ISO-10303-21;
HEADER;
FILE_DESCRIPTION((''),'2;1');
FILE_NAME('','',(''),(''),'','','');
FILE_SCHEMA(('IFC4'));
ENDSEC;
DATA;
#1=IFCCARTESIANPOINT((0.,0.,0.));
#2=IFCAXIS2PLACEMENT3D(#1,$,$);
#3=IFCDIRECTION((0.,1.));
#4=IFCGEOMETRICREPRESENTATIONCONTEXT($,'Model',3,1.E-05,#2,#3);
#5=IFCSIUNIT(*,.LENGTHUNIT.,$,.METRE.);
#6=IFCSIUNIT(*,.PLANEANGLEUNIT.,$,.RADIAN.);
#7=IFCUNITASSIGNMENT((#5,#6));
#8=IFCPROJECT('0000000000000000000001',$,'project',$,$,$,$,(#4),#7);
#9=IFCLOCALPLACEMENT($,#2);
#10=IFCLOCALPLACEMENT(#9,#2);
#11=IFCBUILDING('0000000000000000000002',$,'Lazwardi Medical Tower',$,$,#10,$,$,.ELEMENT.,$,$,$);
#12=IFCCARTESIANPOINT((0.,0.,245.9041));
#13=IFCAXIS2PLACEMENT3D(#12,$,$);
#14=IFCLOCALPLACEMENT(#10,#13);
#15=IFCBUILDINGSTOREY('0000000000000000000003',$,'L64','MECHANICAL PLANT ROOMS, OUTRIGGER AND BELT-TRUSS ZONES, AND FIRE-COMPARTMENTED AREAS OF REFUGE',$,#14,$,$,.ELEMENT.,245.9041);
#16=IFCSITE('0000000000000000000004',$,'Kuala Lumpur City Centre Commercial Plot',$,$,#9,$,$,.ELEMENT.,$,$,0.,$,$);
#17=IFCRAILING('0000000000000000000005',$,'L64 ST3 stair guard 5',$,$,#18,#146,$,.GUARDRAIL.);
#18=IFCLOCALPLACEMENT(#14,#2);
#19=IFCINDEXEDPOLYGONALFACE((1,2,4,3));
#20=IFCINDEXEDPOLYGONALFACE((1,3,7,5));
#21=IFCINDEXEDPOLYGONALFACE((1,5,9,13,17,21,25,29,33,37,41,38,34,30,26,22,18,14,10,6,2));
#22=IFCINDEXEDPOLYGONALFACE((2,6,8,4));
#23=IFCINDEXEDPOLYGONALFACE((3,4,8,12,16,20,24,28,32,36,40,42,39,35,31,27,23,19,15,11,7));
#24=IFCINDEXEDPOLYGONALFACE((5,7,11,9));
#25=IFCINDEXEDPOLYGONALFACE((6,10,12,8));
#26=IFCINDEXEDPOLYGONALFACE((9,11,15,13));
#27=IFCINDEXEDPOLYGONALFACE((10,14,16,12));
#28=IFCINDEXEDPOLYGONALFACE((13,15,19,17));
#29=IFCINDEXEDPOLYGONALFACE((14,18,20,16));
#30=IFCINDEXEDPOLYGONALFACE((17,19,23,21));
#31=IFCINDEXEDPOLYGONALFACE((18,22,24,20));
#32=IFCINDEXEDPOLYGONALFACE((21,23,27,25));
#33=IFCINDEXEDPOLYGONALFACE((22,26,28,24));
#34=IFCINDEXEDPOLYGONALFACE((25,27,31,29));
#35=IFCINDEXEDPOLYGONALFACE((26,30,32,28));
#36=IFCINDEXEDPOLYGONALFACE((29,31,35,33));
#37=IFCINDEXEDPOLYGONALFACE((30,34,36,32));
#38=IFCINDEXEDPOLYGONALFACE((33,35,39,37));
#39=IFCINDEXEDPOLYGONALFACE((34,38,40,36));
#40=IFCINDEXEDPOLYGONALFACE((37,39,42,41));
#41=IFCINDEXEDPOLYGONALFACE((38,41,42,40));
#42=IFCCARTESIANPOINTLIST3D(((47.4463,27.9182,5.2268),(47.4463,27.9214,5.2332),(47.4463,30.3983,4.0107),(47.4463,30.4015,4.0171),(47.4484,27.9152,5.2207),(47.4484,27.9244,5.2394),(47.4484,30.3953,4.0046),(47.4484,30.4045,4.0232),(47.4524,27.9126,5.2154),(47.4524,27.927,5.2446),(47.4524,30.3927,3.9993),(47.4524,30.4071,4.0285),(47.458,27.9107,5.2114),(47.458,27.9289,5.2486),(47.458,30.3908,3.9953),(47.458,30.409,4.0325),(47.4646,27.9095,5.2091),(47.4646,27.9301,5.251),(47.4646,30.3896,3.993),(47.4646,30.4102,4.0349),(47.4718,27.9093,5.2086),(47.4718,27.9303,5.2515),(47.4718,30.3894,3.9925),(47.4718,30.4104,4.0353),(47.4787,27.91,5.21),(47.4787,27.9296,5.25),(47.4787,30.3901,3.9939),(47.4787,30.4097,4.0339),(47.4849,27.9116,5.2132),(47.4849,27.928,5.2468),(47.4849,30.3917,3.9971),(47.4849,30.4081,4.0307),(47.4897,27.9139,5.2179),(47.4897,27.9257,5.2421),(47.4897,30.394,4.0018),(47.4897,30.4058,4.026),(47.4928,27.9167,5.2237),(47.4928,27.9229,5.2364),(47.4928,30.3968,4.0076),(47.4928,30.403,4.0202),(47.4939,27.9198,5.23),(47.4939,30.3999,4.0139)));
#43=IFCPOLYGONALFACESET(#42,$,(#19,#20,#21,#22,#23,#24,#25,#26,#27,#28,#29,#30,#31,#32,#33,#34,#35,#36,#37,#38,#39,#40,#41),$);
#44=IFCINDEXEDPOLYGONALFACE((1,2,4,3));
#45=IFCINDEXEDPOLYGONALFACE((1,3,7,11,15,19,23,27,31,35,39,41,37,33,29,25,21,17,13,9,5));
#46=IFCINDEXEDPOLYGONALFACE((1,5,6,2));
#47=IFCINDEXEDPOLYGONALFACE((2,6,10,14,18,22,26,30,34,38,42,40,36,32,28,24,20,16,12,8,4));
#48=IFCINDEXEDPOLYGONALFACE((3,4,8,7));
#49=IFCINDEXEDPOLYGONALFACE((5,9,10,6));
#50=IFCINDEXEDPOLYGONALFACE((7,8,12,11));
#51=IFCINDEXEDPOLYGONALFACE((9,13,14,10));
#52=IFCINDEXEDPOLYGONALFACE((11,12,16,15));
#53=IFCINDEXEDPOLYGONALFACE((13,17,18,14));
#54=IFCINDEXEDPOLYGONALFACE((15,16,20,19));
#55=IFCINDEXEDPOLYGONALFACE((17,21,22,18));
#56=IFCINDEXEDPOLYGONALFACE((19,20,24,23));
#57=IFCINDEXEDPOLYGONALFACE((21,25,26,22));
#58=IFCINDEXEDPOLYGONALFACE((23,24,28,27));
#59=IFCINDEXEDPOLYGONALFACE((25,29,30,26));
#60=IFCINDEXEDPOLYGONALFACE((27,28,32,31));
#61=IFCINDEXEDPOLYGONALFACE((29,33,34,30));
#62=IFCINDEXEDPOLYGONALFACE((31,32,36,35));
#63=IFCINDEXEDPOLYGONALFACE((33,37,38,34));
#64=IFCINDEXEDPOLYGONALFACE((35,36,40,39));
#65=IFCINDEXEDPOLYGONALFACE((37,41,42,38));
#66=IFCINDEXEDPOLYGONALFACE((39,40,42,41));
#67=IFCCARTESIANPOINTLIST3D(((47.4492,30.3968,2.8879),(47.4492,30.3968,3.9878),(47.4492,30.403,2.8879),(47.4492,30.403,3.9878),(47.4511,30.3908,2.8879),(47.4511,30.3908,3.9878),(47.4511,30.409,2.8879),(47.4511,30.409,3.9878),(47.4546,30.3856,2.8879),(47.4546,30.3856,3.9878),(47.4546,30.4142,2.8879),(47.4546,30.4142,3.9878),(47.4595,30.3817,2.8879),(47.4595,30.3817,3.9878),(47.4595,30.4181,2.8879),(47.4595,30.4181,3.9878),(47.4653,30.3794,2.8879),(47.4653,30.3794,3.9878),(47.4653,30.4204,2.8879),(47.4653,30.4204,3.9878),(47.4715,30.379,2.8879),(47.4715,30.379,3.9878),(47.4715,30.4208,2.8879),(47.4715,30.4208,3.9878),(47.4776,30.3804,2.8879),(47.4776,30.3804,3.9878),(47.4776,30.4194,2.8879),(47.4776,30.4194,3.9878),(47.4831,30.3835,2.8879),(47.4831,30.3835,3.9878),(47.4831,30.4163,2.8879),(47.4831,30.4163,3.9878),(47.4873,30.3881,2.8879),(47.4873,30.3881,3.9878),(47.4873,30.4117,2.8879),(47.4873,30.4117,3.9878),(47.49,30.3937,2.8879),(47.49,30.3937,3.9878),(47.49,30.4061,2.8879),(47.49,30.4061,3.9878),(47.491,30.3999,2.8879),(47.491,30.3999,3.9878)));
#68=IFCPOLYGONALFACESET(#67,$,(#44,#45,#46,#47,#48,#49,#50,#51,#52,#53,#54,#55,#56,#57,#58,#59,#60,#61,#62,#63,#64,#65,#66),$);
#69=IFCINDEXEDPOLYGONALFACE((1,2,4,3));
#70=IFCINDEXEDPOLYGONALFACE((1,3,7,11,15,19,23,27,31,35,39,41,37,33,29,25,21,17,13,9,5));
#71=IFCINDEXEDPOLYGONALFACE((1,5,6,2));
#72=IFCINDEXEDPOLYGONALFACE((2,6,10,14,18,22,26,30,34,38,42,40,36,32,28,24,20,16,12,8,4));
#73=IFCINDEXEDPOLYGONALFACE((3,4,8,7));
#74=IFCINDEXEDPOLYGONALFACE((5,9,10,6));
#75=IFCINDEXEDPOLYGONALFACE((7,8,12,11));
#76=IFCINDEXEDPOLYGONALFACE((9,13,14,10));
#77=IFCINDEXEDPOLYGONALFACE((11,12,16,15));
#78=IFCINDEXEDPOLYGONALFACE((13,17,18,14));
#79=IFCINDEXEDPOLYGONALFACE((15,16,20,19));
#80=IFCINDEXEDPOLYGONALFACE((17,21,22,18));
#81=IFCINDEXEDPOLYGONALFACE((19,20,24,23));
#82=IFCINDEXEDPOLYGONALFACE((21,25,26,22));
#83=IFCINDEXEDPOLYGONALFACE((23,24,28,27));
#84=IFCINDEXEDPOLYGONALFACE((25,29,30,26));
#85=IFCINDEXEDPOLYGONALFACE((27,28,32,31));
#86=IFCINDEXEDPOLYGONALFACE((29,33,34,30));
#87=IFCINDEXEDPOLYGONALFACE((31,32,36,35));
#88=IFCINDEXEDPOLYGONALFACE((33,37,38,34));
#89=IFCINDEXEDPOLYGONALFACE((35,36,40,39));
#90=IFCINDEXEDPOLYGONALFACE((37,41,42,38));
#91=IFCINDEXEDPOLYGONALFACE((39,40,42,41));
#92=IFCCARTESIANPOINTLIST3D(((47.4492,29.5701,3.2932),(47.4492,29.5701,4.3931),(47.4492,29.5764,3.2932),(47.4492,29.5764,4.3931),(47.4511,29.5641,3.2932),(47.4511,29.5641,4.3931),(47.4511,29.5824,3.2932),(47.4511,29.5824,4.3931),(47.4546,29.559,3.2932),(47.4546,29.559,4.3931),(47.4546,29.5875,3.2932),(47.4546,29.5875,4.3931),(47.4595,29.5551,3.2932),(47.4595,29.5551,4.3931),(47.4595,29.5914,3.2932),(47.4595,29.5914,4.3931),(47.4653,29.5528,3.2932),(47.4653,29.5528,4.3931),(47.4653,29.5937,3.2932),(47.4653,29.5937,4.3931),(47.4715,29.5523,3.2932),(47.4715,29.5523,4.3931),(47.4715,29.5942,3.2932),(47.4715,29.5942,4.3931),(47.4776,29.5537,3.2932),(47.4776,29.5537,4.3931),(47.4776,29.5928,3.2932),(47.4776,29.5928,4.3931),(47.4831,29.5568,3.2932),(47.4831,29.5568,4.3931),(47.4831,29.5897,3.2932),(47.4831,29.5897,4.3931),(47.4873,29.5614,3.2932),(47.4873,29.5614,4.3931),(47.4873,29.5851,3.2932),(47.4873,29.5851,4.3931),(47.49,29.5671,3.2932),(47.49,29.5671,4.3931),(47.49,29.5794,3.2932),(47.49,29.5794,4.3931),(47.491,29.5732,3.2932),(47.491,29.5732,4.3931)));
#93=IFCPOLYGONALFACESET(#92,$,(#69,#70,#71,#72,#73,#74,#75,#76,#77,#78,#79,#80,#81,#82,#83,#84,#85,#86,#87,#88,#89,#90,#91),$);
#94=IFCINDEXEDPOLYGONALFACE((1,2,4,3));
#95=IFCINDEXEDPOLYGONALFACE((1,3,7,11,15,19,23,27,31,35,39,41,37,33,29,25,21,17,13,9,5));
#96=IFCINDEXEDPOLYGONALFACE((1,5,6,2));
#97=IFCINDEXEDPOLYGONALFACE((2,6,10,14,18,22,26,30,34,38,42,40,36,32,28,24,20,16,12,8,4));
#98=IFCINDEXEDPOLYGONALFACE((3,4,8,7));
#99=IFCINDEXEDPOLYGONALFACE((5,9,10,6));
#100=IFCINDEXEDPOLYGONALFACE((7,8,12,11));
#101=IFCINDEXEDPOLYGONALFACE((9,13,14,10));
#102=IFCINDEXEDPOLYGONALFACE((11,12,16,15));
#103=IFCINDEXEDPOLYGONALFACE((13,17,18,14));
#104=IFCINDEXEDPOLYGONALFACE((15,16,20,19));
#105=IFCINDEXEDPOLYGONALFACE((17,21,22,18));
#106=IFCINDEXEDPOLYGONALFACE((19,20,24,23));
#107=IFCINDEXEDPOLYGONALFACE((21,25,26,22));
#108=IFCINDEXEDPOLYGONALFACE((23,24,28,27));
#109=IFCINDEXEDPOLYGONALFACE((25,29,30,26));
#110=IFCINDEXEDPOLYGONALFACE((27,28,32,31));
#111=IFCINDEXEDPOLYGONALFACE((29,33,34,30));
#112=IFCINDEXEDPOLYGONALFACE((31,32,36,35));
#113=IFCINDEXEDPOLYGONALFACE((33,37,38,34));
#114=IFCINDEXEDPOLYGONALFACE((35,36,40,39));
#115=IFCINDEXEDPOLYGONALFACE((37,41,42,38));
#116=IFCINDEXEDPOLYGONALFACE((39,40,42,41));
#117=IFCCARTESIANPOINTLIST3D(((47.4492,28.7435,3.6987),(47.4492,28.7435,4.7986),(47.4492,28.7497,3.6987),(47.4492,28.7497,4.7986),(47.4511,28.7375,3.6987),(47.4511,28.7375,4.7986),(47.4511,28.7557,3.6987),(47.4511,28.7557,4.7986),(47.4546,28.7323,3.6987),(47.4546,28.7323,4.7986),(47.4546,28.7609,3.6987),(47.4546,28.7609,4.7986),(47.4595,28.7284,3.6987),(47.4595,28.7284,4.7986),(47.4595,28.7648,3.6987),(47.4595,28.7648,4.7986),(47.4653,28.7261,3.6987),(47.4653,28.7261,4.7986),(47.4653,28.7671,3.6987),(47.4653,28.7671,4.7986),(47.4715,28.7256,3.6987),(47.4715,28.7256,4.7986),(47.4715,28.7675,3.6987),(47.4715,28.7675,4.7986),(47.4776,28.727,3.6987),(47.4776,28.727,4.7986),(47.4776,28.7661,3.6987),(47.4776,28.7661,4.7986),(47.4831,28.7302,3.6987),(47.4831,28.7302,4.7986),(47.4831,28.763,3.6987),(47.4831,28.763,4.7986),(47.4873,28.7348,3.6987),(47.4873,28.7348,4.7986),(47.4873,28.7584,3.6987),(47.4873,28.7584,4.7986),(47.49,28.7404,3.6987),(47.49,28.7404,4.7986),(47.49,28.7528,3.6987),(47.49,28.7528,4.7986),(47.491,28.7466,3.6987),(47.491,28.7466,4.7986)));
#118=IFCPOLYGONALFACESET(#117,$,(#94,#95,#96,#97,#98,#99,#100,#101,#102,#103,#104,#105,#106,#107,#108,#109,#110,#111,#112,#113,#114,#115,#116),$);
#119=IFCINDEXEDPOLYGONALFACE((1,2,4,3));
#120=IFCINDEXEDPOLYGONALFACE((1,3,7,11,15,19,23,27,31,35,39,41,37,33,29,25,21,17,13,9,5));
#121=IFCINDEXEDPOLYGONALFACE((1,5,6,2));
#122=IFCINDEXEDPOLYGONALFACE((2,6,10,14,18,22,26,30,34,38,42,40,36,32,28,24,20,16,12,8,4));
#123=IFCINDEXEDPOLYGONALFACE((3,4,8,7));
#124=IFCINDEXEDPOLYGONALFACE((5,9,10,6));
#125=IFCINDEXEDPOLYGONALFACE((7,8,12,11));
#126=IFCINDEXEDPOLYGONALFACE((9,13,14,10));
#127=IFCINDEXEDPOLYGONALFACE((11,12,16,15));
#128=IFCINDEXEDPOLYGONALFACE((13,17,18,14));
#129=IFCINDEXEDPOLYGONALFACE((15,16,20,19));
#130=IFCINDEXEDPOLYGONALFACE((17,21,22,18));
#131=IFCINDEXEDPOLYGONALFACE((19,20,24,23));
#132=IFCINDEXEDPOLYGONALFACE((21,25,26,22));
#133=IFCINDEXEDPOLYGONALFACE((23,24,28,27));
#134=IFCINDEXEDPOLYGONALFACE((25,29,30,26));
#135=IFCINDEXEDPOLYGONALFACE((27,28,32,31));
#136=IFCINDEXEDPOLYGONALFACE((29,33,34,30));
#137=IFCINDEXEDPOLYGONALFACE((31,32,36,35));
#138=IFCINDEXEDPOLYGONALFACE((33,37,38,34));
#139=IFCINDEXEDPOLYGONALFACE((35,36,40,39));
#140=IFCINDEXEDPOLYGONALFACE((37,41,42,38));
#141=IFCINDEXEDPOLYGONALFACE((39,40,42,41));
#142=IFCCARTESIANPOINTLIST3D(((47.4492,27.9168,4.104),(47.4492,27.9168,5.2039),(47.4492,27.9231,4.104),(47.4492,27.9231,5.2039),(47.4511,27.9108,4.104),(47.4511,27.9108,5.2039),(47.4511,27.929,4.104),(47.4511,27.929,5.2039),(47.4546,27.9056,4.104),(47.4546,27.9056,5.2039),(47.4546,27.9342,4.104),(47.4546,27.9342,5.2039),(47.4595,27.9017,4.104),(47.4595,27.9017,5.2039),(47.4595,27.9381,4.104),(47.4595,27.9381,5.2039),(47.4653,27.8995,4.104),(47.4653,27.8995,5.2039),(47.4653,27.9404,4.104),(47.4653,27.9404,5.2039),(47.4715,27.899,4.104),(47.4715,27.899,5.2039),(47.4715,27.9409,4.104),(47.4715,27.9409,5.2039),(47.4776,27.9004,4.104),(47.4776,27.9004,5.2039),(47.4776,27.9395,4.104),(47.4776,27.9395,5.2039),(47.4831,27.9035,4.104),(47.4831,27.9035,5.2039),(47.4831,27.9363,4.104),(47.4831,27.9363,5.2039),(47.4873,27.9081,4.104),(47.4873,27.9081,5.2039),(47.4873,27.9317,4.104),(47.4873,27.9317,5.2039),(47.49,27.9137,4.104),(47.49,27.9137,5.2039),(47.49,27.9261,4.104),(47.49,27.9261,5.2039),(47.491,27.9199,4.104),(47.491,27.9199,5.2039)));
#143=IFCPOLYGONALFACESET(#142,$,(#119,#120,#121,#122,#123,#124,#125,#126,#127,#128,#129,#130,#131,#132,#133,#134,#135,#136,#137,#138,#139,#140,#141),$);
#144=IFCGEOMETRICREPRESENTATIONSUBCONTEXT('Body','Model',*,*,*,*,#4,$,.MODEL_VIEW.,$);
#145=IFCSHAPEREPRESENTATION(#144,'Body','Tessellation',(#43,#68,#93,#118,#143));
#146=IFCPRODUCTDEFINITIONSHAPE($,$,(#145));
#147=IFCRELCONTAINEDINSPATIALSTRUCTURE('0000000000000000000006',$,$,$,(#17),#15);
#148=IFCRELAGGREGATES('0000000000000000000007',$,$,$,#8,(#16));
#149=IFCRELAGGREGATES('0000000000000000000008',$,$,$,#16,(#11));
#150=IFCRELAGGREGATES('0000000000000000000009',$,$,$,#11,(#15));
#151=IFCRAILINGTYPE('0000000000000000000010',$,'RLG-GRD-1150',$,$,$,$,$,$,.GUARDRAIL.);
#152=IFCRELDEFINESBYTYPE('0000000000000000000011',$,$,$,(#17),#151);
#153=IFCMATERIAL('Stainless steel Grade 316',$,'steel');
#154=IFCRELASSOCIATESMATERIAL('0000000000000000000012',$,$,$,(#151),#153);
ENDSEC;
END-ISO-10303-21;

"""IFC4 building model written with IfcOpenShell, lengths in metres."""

from ifc_helpers import new_model, si_unit, direction, frame, origin, origin_2d, place, context, subcontext, project, spatial, circle, extrude, material, type_object, element, save


model = new_model("IFC4")

# Units and contexts
model_context = context("Model", 3, precision=1e-05, world=origin(), true_north=direction((0.0, 1.0)))
body_context = subcontext(model_context, "Body", "Model", "MODEL_VIEW")
ifc_project = project(units=[si_unit("LENGTHUNIT", "METRE"), si_unit("PLANEANGLEUNIT", "RADIAN")], contexts=[model_context])

# Site, building, storey
site_placement = place(None, origin())
site = spatial("IfcSite", under=ifc_project, at=site_placement, Name="Kuala Lumpur City Centre Commercial Plot", CompositionType="ELEMENT", RefElevation=0.0)
building_placement = place(site_placement, origin())
building = spatial("IfcBuilding", under=site, at=building_placement, Name="Lazwardi Medical Tower", CompositionType="ELEMENT")
storey_placement = place(building_placement, frame((0.0, 0.0, 245.9041)))
storey = spatial("IfcBuildingStorey", under=building, at=storey_placement, Name="L64", Description="MECHANICAL PLANT ROOMS, OUTRIGGER AND BELT-TRUSS ZONES, AND FIRE-COMPARTMENTED AREAS OF REFUGE", CompositionType="ELEMENT", Elevation=245.9041)

# Railing
ifc_material_1 = material(Name="Stainless steel Grade 316", Category="steel")
railing_type_1 = type_object("IfcRailingType", Name="RLG-GRD-1150", PredefinedType="GUARDRAIL", material=ifc_material_1)
railing_1_placement = place(storey_placement, frame((47.47, 30.3999, 2.8879)))
element("IfcRailing", 1, at=railing_1_placement, inside=storey, type_object=railing_type_1, Name="L64 ST3 stair guard 5", PredefinedType="GUARDRAIL", context=body_context, shape_type="SweptSolid", body=[
    extrude(circle(Radius=0.0239, at=origin_2d()), frame((0.0, 0.0, 1.126), z_axis=(0.0, -0.897865, 0.44027), x_axis=(1.0, 0.0, 0.0)), (0.0, 0.0, 1.0), 2.7622),
    extrude(circle(Radius=0.021, at=origin_2d()), origin(), (0.0, 0.0, 1.0), 1.0999),
    extrude(circle(Radius=0.021, at=origin_2d()), frame((0.0, -0.8267, 0.4053)), (0.0, 0.0, 1.0), 1.0999),
    extrude(circle(Radius=0.021, at=origin_2d()), frame((0.0, -1.6533, 0.8108)), (0.0, 0.0, 1.0), 1.0999),
    extrude(circle(Radius=0.021, at=origin_2d()), frame((0.0, -2.48, 1.2161)), (0.0, 0.0, 1.0), 1.0999),
])

save(model, "model.ifc")
